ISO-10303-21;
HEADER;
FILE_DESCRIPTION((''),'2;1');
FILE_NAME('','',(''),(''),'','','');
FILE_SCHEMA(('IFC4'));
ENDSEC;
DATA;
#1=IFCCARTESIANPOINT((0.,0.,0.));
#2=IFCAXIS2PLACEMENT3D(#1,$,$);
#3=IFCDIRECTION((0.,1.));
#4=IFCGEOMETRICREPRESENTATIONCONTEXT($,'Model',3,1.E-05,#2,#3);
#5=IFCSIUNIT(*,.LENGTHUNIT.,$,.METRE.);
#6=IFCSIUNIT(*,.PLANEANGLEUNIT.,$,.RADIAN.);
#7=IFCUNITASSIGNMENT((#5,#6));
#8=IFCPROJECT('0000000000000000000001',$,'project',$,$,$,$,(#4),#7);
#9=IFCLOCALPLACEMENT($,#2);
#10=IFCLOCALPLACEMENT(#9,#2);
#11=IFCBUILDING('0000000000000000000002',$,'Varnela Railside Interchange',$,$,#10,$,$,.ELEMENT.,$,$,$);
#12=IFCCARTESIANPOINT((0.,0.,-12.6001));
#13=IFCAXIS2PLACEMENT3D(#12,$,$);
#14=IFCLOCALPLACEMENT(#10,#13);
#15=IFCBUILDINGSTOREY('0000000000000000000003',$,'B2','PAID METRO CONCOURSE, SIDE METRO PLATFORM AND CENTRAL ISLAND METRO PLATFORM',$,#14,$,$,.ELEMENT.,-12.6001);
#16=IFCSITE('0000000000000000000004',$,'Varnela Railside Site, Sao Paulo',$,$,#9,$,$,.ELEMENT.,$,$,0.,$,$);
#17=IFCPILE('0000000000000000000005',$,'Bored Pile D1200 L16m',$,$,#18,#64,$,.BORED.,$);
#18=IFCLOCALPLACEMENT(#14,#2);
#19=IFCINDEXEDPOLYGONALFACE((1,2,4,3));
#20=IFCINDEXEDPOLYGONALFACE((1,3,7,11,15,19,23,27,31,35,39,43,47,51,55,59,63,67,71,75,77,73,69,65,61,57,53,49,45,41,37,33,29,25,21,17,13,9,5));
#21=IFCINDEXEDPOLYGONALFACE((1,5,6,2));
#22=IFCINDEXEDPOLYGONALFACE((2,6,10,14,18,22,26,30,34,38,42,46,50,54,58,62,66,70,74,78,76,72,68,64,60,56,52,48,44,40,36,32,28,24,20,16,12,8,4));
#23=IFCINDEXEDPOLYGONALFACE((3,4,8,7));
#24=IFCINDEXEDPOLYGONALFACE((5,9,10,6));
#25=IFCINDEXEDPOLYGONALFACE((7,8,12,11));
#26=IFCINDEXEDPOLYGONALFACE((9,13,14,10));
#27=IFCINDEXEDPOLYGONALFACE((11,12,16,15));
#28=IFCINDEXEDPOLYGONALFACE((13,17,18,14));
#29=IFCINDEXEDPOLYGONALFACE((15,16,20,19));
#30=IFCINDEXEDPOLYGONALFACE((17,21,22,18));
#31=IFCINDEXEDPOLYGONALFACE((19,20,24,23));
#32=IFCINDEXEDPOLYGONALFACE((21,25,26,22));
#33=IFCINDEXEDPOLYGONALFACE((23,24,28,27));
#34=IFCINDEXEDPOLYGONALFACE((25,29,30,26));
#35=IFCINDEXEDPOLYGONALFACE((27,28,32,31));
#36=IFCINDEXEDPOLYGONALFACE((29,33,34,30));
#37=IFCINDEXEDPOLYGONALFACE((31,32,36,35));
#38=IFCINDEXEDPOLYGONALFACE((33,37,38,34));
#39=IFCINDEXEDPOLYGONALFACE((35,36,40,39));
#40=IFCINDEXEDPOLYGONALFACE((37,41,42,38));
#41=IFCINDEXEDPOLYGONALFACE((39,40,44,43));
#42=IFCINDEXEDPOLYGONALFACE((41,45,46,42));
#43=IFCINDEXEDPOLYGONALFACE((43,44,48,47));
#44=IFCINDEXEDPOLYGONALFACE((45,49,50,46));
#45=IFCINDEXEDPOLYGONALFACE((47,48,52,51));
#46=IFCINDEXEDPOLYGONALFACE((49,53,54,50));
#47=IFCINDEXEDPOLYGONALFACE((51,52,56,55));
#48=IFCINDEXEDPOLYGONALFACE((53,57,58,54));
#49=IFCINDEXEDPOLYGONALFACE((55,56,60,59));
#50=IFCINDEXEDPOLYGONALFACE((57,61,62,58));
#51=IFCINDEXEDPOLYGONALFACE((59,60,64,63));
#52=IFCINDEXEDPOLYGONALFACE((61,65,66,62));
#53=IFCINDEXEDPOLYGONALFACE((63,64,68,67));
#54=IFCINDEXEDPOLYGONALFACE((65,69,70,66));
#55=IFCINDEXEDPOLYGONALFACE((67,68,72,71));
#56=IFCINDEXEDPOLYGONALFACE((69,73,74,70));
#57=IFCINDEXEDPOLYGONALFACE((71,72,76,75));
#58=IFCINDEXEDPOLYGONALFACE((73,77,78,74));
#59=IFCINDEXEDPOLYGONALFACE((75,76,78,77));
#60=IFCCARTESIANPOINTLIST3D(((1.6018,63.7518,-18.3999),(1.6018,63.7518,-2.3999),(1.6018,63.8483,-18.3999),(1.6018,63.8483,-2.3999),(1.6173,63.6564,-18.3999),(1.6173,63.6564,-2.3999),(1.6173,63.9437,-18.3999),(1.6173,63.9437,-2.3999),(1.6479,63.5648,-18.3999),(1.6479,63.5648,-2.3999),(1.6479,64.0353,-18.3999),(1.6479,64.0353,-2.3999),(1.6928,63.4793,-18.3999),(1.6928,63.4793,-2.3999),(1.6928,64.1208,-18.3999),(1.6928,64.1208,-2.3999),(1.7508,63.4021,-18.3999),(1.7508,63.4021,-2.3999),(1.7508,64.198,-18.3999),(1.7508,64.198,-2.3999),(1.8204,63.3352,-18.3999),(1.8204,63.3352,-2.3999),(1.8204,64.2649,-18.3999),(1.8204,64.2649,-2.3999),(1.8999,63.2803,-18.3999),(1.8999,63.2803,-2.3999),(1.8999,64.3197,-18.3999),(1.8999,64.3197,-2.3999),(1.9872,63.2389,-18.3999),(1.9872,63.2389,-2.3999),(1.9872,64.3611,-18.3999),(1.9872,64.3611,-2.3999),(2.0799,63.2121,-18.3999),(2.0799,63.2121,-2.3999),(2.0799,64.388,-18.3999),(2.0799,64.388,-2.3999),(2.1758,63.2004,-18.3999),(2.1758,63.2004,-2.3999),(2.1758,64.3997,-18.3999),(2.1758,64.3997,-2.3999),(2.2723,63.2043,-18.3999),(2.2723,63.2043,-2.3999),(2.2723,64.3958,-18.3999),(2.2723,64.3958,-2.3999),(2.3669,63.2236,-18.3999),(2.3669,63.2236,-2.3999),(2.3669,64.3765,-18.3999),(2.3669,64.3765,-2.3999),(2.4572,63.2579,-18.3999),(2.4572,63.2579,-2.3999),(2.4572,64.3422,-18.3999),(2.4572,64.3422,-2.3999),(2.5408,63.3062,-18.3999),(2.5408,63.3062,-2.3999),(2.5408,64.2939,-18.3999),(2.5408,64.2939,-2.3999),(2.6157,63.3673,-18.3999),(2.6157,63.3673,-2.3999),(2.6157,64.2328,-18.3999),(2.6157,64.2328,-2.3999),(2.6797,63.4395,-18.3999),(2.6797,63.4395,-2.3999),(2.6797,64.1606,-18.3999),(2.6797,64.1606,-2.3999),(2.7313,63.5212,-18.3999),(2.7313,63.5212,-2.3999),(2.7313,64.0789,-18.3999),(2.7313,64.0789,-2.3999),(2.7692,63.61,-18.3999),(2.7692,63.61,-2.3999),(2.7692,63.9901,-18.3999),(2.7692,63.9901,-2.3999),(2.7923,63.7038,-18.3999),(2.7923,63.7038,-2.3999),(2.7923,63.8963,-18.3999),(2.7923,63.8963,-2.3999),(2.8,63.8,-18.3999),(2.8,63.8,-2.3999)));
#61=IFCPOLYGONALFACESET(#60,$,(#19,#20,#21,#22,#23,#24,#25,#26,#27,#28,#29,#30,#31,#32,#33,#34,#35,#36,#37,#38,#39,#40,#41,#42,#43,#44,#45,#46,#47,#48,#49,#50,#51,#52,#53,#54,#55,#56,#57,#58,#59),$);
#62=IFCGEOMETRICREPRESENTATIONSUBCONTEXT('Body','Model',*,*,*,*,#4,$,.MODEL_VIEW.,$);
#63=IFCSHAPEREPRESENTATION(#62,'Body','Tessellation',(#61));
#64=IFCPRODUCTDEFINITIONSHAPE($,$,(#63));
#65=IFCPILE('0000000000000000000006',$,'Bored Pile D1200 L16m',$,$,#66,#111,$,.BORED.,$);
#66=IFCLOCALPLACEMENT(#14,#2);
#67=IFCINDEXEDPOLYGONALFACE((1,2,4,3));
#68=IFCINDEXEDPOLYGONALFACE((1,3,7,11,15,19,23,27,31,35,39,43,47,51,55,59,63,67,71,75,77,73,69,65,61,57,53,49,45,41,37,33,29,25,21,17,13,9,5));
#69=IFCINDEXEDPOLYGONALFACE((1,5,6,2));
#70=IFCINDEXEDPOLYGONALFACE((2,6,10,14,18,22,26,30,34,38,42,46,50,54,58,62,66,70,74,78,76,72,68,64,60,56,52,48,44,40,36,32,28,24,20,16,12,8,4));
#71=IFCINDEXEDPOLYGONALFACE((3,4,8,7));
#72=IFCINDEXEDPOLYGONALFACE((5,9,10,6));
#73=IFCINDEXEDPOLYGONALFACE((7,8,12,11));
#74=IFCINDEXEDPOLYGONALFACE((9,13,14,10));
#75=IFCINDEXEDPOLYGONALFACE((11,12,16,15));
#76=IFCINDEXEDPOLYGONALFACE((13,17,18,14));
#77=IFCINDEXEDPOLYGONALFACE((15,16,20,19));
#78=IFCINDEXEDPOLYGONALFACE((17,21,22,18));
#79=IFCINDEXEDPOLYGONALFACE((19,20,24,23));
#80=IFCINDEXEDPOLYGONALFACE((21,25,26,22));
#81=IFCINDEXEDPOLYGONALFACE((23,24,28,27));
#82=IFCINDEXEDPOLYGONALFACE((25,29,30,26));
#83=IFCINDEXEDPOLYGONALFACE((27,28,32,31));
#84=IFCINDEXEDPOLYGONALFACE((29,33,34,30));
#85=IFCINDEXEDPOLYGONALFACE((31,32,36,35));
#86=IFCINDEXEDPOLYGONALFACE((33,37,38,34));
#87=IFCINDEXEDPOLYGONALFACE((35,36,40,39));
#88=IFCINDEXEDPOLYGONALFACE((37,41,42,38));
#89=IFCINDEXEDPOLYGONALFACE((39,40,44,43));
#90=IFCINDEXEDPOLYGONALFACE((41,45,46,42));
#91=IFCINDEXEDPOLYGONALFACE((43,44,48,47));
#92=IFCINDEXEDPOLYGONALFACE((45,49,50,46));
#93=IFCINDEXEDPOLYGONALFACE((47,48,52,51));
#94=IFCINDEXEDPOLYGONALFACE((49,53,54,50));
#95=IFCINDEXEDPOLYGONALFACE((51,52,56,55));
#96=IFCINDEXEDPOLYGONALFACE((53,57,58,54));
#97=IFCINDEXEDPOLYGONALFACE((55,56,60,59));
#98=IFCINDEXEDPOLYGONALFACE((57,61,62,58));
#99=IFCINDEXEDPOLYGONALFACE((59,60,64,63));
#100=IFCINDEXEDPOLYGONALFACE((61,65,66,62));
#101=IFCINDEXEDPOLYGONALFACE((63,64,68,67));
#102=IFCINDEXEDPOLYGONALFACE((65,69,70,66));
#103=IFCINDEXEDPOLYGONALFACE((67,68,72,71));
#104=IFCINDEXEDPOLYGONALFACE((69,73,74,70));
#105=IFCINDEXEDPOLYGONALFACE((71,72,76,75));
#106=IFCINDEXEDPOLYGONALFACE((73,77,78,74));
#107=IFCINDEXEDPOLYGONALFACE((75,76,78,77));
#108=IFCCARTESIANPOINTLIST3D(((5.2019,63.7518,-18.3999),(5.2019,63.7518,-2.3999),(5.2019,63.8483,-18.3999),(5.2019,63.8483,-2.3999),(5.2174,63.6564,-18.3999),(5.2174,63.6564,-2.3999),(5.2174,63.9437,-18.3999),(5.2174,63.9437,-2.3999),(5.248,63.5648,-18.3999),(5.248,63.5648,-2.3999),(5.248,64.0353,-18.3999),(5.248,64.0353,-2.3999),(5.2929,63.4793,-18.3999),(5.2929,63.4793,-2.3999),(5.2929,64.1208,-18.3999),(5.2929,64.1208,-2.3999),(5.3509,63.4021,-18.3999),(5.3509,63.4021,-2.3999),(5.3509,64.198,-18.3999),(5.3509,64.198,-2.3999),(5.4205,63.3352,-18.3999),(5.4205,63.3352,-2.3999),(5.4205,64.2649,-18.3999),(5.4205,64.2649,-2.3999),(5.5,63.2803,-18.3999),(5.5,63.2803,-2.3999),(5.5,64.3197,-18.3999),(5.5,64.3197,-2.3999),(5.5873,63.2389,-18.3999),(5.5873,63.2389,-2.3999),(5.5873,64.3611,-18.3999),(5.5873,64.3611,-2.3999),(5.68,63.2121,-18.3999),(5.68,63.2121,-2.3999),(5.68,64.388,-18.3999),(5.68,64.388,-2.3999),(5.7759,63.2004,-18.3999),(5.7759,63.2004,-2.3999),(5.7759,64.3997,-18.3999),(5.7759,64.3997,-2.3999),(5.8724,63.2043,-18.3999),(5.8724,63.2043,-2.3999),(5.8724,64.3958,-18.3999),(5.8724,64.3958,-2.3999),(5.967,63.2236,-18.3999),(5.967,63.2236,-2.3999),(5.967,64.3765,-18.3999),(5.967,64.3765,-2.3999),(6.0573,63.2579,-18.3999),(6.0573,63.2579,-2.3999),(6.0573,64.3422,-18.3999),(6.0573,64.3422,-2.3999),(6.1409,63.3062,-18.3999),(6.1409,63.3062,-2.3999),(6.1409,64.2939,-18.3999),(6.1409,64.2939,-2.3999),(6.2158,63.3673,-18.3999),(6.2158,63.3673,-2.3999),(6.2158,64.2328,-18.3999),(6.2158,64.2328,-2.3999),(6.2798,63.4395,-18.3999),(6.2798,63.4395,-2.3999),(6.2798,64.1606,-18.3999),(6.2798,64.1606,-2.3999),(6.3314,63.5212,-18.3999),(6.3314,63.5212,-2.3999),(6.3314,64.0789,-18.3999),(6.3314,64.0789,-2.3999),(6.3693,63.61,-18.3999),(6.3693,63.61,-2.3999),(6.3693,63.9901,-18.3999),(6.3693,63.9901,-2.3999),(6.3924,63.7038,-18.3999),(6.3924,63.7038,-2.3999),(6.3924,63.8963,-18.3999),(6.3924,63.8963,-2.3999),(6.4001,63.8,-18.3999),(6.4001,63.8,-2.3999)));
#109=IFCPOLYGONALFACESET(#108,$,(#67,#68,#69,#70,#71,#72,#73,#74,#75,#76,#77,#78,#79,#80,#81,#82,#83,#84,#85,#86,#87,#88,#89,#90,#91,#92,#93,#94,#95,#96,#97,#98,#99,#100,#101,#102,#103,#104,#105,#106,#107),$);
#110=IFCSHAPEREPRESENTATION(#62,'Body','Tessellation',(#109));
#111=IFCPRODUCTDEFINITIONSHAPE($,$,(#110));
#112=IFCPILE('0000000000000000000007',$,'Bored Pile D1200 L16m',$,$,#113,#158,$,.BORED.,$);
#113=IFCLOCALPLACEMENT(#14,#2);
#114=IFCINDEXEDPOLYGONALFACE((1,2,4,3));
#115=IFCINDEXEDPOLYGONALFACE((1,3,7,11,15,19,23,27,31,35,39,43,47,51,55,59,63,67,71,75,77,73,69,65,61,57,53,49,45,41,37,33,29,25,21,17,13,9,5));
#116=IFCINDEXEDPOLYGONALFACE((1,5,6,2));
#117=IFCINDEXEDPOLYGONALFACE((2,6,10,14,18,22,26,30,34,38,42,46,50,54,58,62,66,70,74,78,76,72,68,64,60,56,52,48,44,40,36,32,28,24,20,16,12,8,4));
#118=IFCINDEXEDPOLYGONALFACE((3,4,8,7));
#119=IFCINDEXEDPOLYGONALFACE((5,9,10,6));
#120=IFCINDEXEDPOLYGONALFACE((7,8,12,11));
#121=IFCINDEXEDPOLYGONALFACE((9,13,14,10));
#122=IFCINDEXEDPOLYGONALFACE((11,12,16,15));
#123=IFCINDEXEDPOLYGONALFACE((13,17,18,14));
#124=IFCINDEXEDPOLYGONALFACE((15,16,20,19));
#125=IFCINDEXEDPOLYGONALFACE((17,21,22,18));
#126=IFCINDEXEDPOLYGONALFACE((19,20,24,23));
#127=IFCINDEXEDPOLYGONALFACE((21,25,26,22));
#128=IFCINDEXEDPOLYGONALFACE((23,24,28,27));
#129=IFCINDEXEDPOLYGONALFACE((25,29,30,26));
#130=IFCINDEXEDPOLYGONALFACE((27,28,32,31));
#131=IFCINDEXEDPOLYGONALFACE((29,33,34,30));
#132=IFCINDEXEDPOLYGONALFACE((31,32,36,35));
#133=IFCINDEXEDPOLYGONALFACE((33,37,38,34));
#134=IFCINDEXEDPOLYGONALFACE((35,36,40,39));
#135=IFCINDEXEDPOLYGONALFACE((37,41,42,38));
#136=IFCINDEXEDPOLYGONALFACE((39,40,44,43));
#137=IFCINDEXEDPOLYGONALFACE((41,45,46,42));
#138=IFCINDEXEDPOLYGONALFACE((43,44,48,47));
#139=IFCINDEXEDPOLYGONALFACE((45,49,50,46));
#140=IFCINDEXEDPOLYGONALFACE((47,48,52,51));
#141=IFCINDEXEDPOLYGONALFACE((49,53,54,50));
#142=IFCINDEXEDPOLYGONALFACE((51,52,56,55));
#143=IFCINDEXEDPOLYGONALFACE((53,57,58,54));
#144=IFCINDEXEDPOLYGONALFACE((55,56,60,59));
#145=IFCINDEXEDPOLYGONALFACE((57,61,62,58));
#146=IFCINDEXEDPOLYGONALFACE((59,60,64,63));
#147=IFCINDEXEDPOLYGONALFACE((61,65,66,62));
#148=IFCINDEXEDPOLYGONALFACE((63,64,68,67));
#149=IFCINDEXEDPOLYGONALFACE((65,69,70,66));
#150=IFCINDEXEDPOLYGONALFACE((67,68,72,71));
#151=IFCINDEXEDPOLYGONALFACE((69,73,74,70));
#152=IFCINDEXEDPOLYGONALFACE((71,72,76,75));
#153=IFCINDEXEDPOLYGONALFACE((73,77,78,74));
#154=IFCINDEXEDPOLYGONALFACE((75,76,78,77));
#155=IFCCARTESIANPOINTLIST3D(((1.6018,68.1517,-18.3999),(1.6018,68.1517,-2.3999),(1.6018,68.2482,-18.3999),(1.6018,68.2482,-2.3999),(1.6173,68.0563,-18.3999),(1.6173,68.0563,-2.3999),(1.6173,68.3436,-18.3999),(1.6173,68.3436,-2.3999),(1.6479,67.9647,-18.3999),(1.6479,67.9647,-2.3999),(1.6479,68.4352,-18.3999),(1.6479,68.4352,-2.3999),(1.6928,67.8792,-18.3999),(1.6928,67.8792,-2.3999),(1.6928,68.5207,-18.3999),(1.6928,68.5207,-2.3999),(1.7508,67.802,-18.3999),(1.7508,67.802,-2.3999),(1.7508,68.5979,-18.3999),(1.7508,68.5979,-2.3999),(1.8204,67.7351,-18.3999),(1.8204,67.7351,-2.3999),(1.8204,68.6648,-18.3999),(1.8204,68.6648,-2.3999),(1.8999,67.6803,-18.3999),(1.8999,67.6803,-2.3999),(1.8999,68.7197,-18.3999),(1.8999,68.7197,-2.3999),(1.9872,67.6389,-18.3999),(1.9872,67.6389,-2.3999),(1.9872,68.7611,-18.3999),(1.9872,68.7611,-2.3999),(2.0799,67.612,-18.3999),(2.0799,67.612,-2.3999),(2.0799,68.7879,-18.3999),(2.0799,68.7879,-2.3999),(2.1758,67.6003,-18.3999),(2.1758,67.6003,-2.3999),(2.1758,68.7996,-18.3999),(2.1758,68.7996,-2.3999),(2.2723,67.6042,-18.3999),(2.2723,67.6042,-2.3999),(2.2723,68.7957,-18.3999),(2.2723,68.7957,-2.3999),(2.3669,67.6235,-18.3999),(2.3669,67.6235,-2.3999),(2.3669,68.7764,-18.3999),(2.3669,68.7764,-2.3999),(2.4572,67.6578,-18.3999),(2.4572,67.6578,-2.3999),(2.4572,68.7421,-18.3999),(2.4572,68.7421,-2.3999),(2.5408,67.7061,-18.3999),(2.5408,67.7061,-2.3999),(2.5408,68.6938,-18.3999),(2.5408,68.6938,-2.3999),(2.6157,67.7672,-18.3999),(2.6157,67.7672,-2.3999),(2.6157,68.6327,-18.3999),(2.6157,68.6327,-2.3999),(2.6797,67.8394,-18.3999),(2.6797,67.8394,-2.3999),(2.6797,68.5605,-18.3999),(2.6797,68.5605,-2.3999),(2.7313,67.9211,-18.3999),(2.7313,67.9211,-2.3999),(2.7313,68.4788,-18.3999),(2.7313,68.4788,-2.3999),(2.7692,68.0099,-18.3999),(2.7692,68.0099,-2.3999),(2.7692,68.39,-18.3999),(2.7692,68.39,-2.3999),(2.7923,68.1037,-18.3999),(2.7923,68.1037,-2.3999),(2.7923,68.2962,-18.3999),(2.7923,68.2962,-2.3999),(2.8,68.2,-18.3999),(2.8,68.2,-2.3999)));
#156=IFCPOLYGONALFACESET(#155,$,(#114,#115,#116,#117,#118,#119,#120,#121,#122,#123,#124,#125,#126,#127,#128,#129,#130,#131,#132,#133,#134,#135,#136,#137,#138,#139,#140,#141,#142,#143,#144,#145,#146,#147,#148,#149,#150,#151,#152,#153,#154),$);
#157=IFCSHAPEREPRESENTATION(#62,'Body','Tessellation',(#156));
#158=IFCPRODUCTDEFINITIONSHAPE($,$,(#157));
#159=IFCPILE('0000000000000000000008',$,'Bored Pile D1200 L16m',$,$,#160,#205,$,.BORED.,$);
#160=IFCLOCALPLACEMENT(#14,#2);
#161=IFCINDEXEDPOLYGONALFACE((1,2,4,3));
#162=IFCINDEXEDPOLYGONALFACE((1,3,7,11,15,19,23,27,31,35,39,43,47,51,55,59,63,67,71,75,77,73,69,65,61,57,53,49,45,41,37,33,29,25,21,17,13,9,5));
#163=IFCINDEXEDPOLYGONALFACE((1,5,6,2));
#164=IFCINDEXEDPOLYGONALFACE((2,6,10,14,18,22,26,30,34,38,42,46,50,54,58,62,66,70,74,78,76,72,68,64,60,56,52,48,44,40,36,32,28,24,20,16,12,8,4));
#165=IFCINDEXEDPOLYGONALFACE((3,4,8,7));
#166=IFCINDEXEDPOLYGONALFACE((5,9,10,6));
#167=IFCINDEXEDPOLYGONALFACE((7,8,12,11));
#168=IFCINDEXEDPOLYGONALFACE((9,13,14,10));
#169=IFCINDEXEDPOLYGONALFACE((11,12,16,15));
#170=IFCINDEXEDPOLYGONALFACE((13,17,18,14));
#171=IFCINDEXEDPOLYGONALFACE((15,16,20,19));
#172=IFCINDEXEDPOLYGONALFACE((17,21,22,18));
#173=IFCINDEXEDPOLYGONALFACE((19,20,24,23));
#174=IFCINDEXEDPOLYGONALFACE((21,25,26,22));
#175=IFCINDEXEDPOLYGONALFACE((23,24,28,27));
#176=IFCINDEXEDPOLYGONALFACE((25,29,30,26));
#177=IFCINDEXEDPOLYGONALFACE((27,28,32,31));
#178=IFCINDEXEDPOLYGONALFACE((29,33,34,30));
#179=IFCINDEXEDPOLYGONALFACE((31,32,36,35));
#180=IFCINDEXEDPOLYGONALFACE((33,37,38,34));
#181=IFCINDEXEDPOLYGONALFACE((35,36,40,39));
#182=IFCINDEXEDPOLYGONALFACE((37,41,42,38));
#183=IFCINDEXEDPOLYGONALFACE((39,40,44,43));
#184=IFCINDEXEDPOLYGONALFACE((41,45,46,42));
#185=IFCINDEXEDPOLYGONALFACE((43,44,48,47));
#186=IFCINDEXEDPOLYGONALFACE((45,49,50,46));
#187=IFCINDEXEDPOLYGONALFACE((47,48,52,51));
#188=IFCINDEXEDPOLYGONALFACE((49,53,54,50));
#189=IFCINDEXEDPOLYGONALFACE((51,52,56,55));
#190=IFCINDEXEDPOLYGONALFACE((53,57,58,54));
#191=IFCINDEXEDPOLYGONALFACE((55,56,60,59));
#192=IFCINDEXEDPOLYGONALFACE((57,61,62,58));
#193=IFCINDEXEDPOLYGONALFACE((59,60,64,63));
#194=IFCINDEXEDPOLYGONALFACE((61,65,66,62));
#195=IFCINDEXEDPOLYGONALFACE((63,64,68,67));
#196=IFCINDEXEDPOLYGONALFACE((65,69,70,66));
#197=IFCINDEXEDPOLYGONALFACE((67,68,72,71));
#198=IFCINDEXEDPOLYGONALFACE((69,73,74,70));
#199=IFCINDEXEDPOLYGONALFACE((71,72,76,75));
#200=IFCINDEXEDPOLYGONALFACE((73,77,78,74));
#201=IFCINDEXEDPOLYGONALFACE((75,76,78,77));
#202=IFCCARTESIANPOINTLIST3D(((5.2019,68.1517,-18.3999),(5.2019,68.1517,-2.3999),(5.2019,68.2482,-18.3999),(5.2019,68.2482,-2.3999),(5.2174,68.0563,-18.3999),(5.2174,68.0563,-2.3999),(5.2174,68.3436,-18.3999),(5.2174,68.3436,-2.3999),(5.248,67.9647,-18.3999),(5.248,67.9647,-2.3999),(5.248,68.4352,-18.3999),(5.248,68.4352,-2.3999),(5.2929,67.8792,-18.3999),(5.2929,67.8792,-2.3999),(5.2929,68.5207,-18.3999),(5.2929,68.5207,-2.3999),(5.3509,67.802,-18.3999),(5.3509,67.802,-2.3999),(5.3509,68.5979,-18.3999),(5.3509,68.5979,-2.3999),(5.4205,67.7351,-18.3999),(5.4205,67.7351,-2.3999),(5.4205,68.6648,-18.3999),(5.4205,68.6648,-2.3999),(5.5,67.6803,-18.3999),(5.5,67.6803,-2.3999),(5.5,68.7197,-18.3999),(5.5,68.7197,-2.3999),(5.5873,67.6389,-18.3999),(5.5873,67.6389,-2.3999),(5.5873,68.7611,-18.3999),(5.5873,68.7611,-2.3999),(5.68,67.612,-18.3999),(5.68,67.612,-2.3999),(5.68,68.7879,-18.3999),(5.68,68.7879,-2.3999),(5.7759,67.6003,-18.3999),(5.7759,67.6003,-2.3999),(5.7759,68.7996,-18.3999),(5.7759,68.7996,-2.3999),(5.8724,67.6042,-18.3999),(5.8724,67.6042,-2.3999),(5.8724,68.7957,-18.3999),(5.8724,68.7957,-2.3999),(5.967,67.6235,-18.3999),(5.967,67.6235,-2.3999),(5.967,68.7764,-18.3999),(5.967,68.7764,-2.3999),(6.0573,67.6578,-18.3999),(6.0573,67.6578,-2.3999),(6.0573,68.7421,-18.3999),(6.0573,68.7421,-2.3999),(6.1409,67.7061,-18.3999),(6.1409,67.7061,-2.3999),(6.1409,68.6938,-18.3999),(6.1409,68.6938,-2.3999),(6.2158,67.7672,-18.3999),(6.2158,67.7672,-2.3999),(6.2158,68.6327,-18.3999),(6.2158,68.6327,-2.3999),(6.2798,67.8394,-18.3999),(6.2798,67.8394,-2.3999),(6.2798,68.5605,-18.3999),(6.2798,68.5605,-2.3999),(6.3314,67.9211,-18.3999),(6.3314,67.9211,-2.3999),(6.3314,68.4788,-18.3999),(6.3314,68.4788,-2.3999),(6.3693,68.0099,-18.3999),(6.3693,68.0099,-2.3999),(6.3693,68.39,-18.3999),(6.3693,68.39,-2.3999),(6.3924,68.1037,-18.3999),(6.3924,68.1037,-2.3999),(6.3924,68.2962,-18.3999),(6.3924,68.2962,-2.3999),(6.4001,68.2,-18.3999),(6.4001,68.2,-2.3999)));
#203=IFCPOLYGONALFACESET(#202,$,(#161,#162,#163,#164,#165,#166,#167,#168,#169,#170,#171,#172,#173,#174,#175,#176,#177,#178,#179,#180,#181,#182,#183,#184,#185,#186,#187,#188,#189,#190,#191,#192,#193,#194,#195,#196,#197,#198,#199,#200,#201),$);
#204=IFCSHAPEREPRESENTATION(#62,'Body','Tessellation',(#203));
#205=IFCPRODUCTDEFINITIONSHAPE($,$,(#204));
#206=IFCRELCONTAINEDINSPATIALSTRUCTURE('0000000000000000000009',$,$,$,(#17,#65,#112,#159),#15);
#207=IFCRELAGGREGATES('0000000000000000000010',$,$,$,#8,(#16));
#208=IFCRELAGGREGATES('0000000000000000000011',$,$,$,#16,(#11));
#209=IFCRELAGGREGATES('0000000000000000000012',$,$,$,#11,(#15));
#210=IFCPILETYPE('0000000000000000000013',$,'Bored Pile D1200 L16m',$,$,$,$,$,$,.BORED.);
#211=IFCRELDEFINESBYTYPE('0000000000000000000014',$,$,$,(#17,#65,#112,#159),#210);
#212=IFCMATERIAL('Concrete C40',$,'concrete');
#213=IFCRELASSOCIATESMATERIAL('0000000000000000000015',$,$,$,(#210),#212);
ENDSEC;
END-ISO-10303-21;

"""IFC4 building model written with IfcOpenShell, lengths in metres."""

from ifc_helpers import new_model, si_unit, direction, frame, origin, origin_2d, place, context, subcontext, project, spatial, circle, extrude, material, material_profile, profile_set, type_object, element, save


model = new_model("IFC4")

# Units and contexts
model_context = context("Model", 3, precision=1e-05, world=origin(), true_north=direction((0.0, 1.0)))
body_context = subcontext(model_context, "Body", "Model", "MODEL_VIEW")
ifc_project = project(units=[si_unit("LENGTHUNIT", "METRE"), si_unit("PLANEANGLEUNIT", "RADIAN")], contexts=[model_context])

# Site, building, storey
site_placement = place(None, origin())
site = spatial("IfcSite", under=ifc_project, at=site_placement, Name="Varnela Railside Site, Sao Paulo", CompositionType="ELEMENT", RefElevation=0.0)
building_placement = place(site_placement, origin())
building = spatial("IfcBuilding", under=site, at=building_placement, Name="Varnela Railside Interchange", CompositionType="ELEMENT")
storey_placement = place(building_placement, frame((0.0, 0.0, -12.6001)))
storey = spatial("IfcBuildingStorey", under=building, at=storey_placement, Name="B2", Description="PAID METRO CONCOURSE, SIDE METRO PLATFORM AND CENTRAL ISLAND METRO PLATFORM", CompositionType="ELEMENT", Elevation=-12.6001)

# Piles
ifc_material_1 = material(Name="Concrete C40", Category="concrete")
ifc_material_profile_1 = material_profile(ifc_material_1, circle(Radius=0.6001, at=origin_2d()), Name="BORED PILE D1200")
ifc_profile_set_1 = profile_set([ifc_material_profile_1], Name="Concrete C40")
pile_type_1 = type_object("IfcPileType", Name="Bored Pile D1200 L16m", PredefinedType="BORED", material=ifc_profile_set_1)
for number, where, z_axis, x_axis, name in (
    (1, (2.2, 63.8, -2.3999), (0.0, 0.0, -1.0), (1.0, 0.0, 0.0), "Bored Pile D1200 L16m"),
    (2, (5.8, 63.8, -2.3999), (0.0, 0.0, -1.0), (1.0, 0.0, 0.0), "Bored Pile D1200 L16m"),
    (3, (2.2, 68.2, -2.3999), (0.0, 0.0, -1.0), (1.0, 0.0, 0.0), "Bored Pile D1200 L16m"),
    (4, (5.8, 68.2, -2.3999), (0.0, 0.0, -1.0), (1.0, 0.0, 0.0), "Bored Pile D1200 L16m"),
):
    element("IfcPile", number, at=place(storey_placement, frame(where, z_axis=z_axis, x_axis=x_axis)), inside=storey, type_object=pile_type_1, Name=name, PredefinedType="BORED", context=body_context, shape_type="SweptSolid", body=[
        extrude(circle(Radius=0.6001, at=origin_2d()), origin(), (0.0, 0.0, 1.0), 16.0),
    ])

save(model, "model.ifc")
